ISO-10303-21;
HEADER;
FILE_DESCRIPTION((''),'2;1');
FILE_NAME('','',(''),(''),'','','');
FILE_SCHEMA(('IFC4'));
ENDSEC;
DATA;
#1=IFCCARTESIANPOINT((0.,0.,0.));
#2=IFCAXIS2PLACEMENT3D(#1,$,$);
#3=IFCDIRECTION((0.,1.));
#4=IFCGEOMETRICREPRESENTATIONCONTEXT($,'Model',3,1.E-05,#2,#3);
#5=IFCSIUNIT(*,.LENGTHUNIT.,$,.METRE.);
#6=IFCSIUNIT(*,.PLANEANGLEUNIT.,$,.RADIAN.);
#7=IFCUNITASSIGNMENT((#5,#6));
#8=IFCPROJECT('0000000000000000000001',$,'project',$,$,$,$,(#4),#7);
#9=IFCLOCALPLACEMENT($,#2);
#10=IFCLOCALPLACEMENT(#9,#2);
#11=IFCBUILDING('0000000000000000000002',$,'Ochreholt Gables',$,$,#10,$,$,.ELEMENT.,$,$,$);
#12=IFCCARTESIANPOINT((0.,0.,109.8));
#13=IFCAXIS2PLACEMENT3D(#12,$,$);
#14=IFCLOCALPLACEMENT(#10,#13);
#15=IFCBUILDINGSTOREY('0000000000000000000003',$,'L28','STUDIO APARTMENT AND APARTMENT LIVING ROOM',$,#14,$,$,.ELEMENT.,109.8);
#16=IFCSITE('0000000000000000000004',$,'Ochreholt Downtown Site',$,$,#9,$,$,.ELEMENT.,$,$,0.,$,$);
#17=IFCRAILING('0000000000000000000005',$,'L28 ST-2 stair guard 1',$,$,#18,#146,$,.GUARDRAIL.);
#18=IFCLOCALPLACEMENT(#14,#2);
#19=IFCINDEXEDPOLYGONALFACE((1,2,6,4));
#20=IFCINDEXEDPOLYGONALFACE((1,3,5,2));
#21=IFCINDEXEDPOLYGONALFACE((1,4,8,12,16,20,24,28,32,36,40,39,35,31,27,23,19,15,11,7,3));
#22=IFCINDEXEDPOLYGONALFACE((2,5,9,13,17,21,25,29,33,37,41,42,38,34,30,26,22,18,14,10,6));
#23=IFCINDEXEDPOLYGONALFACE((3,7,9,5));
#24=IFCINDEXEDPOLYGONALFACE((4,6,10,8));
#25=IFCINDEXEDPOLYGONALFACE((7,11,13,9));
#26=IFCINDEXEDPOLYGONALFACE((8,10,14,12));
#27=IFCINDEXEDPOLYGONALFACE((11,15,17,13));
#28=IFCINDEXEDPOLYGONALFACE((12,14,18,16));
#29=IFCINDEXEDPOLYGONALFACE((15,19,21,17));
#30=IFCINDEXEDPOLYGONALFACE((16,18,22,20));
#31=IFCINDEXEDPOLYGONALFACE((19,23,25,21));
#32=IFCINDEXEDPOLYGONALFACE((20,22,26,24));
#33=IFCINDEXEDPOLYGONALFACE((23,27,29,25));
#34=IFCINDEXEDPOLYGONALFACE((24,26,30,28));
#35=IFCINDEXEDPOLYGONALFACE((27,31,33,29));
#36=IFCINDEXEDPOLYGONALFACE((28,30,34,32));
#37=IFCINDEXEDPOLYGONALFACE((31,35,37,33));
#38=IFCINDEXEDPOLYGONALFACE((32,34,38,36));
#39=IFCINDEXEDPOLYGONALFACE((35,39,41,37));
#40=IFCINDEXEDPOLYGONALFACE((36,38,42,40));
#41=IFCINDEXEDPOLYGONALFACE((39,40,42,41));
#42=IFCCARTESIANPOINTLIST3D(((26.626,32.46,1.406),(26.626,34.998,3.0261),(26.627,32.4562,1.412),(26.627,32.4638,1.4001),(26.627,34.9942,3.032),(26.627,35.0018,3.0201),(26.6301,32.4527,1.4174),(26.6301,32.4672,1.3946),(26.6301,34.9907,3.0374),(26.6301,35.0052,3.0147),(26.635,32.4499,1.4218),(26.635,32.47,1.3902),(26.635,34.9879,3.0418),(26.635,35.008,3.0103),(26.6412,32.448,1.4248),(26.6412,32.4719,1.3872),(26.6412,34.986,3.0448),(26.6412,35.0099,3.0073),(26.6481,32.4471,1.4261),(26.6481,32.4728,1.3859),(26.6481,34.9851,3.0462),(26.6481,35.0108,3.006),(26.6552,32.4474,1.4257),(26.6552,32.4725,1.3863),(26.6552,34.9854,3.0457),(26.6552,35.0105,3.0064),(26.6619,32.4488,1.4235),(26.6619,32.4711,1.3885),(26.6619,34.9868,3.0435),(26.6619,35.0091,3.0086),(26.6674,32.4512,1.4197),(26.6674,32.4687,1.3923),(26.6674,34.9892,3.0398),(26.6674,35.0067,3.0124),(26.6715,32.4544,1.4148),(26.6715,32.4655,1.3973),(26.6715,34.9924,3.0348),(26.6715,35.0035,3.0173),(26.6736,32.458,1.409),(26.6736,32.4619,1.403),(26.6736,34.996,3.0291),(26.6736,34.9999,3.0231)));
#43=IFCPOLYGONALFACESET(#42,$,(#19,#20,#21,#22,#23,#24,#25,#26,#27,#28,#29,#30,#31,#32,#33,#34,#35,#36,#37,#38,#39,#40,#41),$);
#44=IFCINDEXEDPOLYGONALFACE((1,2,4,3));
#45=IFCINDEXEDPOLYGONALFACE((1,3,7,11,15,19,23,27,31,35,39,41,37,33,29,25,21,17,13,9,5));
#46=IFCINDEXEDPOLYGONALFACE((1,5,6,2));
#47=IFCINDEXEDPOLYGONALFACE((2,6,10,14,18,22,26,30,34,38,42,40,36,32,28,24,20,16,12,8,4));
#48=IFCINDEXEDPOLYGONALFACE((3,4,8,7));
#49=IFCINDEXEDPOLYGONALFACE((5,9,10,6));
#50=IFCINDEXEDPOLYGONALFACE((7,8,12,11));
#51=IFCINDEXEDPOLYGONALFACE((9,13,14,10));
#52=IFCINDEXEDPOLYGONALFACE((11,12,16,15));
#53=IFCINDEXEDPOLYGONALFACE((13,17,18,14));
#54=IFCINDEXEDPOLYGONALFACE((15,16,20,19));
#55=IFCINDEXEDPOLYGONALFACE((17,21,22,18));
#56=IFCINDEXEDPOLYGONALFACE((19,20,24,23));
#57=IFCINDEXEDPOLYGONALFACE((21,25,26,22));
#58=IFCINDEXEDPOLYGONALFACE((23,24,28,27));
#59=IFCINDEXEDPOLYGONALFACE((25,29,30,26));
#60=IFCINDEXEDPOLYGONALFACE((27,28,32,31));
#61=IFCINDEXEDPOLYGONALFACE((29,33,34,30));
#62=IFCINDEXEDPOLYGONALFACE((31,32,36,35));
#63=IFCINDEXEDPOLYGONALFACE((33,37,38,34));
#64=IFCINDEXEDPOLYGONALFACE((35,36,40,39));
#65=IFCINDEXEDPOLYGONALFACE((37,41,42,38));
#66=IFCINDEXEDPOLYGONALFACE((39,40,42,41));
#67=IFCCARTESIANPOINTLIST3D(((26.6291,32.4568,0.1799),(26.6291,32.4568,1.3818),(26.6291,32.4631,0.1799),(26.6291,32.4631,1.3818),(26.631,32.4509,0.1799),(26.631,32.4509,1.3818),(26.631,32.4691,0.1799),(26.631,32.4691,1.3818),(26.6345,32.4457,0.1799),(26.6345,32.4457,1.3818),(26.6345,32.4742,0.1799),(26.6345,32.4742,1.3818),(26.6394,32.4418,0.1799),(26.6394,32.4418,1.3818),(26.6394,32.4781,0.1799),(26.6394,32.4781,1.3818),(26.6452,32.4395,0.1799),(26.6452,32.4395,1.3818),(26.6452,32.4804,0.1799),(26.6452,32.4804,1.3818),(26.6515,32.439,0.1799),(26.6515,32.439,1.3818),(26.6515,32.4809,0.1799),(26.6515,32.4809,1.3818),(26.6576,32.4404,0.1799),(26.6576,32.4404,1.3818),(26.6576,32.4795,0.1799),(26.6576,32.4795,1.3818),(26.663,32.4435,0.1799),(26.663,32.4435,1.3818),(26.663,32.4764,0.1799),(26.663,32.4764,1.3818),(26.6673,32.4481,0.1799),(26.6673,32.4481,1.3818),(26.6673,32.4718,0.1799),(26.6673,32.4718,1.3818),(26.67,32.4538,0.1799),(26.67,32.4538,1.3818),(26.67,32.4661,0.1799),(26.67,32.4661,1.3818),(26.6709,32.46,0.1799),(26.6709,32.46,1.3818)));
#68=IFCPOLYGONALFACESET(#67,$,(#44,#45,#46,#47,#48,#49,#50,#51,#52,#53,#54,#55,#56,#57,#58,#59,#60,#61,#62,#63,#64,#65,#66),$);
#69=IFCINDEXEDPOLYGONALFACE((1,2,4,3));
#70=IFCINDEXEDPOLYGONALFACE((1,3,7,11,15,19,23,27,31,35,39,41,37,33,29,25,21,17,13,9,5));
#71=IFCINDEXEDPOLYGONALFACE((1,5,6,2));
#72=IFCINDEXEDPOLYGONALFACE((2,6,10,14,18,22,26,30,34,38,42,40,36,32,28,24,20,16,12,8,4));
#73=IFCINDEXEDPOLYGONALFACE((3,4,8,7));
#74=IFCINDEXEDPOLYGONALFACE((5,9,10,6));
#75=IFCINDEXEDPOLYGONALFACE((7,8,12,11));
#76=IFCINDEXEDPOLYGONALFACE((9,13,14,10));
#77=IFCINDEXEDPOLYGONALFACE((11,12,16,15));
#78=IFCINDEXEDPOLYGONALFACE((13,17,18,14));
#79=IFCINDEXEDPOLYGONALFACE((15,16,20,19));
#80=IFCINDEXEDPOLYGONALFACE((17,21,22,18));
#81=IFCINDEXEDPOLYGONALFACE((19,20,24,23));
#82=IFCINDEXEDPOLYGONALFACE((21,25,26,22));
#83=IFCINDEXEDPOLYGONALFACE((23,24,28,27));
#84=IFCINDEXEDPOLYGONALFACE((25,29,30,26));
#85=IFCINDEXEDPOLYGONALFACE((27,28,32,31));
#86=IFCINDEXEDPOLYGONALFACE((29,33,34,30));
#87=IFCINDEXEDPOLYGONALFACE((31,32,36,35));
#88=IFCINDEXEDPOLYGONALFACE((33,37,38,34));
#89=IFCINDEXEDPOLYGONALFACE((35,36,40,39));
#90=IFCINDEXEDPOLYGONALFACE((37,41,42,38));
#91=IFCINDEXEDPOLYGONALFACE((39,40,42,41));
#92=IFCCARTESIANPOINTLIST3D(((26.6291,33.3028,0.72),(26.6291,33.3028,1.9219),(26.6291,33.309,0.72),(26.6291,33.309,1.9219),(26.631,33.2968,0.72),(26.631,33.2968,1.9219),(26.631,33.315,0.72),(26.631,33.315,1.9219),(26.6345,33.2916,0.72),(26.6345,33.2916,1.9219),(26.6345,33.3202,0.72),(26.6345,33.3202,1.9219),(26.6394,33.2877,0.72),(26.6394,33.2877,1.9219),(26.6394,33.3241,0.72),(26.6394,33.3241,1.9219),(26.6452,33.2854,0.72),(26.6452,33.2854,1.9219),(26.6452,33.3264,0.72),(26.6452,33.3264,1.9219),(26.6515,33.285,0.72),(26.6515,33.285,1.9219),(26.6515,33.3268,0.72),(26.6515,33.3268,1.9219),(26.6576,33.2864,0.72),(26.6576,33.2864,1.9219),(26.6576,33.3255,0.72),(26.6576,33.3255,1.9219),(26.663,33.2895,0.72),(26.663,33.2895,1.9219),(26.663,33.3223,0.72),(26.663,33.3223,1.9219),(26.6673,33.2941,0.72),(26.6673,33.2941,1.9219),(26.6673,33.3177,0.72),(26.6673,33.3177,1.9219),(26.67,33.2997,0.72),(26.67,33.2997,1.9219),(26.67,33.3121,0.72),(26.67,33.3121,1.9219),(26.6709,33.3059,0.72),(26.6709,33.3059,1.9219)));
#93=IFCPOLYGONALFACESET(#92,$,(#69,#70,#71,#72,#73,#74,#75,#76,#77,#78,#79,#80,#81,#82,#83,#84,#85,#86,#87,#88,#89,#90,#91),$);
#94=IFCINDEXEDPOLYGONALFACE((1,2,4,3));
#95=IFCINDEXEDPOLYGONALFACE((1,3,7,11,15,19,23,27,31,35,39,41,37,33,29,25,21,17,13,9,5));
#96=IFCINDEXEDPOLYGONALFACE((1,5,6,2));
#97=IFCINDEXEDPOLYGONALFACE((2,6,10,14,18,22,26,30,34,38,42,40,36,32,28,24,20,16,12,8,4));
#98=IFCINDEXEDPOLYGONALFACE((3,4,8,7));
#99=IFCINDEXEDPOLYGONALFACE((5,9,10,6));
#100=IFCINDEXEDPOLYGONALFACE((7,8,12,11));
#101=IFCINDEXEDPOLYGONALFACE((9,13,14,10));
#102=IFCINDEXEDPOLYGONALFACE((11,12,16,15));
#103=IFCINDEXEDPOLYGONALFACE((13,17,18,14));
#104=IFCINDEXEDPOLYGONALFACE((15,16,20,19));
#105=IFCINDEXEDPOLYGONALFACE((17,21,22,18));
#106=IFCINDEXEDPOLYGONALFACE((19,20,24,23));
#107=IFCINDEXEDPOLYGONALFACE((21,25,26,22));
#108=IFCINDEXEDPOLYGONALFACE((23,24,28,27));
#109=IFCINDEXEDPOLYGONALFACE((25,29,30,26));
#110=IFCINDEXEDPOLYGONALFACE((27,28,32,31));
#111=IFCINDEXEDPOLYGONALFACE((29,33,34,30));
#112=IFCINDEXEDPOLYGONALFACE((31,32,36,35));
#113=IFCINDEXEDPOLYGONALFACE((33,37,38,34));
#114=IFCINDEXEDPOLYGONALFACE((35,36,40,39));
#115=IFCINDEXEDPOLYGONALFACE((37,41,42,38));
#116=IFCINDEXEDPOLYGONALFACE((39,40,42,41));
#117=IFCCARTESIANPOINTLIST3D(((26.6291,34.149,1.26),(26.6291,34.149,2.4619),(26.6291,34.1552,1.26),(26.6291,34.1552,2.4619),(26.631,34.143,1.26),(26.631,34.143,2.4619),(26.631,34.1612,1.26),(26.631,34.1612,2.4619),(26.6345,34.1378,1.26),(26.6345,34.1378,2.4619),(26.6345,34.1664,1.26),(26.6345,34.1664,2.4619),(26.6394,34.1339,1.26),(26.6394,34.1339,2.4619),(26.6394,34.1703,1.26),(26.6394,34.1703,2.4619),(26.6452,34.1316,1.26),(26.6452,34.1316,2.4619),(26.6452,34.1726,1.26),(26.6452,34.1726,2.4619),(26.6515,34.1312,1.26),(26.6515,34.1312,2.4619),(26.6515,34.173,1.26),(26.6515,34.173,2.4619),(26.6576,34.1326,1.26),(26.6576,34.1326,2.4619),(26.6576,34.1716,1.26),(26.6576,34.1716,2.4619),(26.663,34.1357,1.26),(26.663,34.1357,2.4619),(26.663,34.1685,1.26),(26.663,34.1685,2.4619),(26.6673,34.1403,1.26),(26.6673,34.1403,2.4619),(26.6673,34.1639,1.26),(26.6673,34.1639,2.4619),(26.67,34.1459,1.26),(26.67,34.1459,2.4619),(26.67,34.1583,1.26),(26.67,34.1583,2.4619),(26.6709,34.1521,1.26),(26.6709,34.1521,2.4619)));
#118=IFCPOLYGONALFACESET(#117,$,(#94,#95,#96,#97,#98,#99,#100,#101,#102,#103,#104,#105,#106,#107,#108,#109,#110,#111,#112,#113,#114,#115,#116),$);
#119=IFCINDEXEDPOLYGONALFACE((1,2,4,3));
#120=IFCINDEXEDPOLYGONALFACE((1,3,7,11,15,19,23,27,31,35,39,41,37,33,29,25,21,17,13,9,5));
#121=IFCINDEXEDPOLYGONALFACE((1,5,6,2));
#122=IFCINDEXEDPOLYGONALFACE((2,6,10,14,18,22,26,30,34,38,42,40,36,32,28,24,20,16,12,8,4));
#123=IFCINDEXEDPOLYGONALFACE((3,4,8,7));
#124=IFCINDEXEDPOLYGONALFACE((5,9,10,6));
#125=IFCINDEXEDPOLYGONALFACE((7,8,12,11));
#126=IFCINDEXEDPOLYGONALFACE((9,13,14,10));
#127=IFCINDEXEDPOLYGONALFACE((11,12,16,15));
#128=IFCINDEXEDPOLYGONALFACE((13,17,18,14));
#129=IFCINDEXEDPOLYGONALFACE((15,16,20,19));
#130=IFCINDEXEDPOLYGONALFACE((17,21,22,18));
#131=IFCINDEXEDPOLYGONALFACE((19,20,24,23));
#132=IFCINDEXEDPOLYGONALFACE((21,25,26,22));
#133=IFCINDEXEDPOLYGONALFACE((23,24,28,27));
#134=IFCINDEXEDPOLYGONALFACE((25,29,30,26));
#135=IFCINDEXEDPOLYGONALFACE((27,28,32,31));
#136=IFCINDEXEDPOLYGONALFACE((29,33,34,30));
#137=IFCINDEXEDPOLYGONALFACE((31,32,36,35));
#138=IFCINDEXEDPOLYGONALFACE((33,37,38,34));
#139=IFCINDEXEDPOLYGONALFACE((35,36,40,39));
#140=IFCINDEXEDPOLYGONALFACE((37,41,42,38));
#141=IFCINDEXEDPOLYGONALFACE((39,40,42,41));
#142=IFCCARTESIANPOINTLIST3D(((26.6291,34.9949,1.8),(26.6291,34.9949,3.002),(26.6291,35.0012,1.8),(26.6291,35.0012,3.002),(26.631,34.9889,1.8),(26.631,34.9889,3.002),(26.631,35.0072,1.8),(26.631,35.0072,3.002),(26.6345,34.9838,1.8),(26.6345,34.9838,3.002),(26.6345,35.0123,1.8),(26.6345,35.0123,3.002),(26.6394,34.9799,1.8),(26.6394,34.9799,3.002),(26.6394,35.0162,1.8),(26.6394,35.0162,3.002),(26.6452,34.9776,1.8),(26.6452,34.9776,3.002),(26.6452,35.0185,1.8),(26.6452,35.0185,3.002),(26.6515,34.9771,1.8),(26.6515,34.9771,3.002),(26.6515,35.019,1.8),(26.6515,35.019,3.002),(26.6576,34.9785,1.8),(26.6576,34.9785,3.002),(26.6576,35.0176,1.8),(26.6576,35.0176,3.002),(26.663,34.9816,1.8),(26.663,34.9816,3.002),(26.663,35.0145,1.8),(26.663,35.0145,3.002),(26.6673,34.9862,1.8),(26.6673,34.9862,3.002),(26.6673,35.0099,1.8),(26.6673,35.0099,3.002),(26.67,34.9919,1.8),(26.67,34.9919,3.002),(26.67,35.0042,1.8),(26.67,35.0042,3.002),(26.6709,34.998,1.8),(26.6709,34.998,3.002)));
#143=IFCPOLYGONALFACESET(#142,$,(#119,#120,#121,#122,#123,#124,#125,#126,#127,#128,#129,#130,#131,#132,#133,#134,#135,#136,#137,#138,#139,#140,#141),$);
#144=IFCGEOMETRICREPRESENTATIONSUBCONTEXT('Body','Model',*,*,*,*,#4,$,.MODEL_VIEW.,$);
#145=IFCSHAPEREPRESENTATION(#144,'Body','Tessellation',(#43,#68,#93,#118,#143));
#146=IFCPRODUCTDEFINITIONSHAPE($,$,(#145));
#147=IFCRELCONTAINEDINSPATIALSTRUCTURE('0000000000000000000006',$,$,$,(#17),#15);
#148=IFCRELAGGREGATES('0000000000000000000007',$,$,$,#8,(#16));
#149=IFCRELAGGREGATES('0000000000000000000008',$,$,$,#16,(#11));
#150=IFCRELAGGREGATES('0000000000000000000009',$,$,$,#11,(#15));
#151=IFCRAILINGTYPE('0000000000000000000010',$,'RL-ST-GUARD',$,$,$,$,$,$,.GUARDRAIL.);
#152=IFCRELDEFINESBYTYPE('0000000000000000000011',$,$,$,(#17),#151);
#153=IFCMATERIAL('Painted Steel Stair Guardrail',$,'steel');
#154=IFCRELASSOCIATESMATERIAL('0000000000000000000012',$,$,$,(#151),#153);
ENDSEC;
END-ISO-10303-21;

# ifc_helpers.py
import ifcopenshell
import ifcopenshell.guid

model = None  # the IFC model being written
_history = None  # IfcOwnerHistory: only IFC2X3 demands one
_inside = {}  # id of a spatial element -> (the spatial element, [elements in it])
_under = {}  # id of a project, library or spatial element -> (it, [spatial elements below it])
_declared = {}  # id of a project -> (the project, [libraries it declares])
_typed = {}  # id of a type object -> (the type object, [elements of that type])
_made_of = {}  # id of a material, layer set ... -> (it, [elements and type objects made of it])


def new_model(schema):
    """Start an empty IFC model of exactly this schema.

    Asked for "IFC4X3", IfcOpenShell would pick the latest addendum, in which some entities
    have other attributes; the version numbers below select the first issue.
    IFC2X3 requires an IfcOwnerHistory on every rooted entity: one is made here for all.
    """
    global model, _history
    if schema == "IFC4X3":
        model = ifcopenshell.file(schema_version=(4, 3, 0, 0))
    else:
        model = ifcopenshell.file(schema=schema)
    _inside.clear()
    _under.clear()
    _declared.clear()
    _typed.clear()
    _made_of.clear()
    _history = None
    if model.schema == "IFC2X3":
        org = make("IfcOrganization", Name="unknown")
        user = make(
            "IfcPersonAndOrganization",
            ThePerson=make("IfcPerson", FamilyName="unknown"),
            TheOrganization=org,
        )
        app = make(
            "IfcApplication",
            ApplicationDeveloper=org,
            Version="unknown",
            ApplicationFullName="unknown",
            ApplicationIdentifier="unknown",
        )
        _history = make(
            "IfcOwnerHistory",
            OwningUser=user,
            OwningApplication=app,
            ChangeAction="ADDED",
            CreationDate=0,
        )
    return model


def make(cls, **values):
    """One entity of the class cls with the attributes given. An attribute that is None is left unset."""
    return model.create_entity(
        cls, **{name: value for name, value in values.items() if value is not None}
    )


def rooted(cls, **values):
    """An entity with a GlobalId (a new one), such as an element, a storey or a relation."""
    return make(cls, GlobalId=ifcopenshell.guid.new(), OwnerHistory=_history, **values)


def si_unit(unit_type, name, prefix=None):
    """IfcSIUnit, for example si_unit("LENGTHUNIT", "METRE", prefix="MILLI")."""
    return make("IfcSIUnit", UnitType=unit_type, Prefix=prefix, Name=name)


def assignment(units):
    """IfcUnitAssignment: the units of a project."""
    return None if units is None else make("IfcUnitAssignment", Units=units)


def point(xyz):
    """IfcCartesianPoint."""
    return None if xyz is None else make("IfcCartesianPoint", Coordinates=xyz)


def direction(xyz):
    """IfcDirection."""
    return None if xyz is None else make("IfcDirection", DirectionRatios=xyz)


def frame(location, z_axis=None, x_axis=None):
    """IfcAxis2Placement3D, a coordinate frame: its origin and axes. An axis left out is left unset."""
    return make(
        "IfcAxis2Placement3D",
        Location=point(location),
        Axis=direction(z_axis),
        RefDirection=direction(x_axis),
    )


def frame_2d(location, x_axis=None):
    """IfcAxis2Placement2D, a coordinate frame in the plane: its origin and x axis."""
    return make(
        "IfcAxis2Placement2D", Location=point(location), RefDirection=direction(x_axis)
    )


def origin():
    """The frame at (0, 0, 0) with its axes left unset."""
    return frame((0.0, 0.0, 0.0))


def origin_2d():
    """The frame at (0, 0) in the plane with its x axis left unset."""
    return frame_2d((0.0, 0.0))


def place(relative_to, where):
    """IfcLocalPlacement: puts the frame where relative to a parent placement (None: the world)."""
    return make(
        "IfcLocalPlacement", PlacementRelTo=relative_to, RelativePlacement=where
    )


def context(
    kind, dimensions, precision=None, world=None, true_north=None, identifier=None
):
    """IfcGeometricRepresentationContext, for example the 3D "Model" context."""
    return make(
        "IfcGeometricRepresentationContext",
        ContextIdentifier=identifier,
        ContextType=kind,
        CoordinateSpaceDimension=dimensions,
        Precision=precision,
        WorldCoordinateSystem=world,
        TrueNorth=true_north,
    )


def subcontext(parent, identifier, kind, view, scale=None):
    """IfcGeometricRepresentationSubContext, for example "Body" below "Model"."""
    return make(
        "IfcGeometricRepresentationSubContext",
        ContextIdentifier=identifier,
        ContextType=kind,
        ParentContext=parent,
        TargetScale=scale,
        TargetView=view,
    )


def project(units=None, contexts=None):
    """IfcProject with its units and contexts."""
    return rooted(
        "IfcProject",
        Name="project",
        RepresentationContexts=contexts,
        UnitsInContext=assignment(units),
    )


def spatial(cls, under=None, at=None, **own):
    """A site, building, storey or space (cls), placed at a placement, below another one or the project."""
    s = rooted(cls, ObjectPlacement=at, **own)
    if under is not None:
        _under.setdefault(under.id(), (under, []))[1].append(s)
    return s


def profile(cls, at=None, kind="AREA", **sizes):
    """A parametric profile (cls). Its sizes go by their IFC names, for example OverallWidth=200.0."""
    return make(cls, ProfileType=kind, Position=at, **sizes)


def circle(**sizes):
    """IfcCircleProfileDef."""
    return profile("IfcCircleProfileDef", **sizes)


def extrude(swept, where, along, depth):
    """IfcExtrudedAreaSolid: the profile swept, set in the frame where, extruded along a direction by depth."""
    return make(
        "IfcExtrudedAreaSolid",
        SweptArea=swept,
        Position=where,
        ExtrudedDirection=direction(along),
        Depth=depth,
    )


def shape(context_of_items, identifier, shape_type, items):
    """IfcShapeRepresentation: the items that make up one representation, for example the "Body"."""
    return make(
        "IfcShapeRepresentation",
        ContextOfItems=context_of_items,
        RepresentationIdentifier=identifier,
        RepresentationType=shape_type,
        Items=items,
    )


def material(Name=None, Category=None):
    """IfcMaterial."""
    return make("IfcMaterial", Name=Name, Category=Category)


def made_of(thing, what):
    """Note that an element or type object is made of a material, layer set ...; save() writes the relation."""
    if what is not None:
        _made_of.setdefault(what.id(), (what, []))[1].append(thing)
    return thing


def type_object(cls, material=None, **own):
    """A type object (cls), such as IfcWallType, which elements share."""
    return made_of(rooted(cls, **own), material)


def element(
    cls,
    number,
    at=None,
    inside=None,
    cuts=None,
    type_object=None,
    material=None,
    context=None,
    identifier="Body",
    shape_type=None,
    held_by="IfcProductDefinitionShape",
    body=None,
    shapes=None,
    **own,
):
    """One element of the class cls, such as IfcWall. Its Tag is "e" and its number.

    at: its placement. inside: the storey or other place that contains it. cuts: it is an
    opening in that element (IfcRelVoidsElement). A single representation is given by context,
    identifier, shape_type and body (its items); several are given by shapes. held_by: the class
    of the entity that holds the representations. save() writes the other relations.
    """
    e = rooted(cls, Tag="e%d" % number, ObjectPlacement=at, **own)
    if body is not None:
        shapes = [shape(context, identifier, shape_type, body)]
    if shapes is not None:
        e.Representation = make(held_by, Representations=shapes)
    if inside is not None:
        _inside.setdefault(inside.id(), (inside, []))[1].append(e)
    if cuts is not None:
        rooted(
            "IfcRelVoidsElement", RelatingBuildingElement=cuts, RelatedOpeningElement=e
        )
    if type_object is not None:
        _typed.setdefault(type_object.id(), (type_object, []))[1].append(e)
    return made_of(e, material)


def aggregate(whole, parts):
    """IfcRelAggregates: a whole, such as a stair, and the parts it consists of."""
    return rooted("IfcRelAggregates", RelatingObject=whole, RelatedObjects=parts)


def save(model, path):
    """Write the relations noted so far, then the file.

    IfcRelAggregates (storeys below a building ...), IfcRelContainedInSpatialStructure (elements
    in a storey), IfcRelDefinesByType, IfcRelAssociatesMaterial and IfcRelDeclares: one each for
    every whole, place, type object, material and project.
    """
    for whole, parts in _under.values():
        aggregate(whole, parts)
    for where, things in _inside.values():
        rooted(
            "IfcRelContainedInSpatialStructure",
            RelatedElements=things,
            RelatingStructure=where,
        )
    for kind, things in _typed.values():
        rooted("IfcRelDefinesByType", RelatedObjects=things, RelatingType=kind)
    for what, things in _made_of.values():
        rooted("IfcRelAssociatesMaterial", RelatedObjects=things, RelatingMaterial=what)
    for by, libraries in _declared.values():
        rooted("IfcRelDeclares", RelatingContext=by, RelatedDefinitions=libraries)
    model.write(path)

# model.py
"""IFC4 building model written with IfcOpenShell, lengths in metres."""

from ifc_helpers import new_model, si_unit, direction, frame, origin, origin_2d, place, context, subcontext, project, spatial, circle, extrude, material, type_object, element, save


model = new_model("IFC4")

# Units and contexts
model_context = context("Model", 3, precision=1e-05, world=origin(), true_north=direction((0.0, 1.0)))
body_context = subcontext(model_context, "Body", "Model", "MODEL_VIEW")
ifc_project = project(units=[si_unit("LENGTHUNIT", "METRE"), si_unit("PLANEANGLEUNIT", "RADIAN")], contexts=[model_context])

# Site, building, storey
site_placement = place(None, origin())
site = spatial("IfcSite", under=ifc_project, at=site_placement, Name="Ochreholt Downtown Site", CompositionType="ELEMENT", RefElevation=0.0)
building_placement = place(site_placement, origin())
building = spatial("IfcBuilding", under=site, at=building_placement, Name="Ochreholt Gables", CompositionType="ELEMENT")
storey_placement = place(building_placement, frame((0.0, 0.0, 109.8)))
storey = spatial("IfcBuildingStorey", under=building, at=storey_placement, Name="L28", Description="STUDIO APARTMENT AND APARTMENT LIVING ROOM", CompositionType="ELEMENT", Elevation=109.8)

# Railing
ifc_material_1 = material(Name="Painted Steel Stair Guardrail", Category="steel")
railing_type_1 = type_object("IfcRailingType", Name="RL-ST-GUARD", PredefinedType="GUARDRAIL", material=ifc_material_1)
railing_1_placement = place(storey_placement, frame((26.6499, 32.46, 0.1799)))
element("IfcRailing", 1, at=railing_1_placement, inside=storey, type_object=railing_type_1, Name="L28 ST-2 stair guard 1", PredefinedType="GUARDRAIL", context=body_context, shape_type="SweptSolid", body=[
    extrude(circle(Radius=0.0239, at=origin_2d()), frame((0.0, 0.0, 1.2261), z_axis=(0.0, 0.842913, 0.53805), x_axis=(-1.0, 0.0, 0.0)), (0.0, 0.0, 1.0), 3.011),
    extrude(circle(Radius=0.021, at=origin_2d()), origin(), (0.0, 0.0, 1.0), 1.2019),
    extrude(circle(Radius=0.021, at=origin_2d()), frame((0.0, 0.8459, 0.54)), (0.0, 0.0, 1.0), 1.2019),
    extrude(circle(Radius=0.021, at=origin_2d()), frame((0.0, 1.6921, 1.0801)), (0.0, 0.0, 1.0), 1.2019),
    extrude(circle(Radius=0.021, at=origin_2d()), frame((0.0, 2.5381, 1.6201)), (0.0, 0.0, 1.0), 1.2019),
])

save(model, "model.ifc")
